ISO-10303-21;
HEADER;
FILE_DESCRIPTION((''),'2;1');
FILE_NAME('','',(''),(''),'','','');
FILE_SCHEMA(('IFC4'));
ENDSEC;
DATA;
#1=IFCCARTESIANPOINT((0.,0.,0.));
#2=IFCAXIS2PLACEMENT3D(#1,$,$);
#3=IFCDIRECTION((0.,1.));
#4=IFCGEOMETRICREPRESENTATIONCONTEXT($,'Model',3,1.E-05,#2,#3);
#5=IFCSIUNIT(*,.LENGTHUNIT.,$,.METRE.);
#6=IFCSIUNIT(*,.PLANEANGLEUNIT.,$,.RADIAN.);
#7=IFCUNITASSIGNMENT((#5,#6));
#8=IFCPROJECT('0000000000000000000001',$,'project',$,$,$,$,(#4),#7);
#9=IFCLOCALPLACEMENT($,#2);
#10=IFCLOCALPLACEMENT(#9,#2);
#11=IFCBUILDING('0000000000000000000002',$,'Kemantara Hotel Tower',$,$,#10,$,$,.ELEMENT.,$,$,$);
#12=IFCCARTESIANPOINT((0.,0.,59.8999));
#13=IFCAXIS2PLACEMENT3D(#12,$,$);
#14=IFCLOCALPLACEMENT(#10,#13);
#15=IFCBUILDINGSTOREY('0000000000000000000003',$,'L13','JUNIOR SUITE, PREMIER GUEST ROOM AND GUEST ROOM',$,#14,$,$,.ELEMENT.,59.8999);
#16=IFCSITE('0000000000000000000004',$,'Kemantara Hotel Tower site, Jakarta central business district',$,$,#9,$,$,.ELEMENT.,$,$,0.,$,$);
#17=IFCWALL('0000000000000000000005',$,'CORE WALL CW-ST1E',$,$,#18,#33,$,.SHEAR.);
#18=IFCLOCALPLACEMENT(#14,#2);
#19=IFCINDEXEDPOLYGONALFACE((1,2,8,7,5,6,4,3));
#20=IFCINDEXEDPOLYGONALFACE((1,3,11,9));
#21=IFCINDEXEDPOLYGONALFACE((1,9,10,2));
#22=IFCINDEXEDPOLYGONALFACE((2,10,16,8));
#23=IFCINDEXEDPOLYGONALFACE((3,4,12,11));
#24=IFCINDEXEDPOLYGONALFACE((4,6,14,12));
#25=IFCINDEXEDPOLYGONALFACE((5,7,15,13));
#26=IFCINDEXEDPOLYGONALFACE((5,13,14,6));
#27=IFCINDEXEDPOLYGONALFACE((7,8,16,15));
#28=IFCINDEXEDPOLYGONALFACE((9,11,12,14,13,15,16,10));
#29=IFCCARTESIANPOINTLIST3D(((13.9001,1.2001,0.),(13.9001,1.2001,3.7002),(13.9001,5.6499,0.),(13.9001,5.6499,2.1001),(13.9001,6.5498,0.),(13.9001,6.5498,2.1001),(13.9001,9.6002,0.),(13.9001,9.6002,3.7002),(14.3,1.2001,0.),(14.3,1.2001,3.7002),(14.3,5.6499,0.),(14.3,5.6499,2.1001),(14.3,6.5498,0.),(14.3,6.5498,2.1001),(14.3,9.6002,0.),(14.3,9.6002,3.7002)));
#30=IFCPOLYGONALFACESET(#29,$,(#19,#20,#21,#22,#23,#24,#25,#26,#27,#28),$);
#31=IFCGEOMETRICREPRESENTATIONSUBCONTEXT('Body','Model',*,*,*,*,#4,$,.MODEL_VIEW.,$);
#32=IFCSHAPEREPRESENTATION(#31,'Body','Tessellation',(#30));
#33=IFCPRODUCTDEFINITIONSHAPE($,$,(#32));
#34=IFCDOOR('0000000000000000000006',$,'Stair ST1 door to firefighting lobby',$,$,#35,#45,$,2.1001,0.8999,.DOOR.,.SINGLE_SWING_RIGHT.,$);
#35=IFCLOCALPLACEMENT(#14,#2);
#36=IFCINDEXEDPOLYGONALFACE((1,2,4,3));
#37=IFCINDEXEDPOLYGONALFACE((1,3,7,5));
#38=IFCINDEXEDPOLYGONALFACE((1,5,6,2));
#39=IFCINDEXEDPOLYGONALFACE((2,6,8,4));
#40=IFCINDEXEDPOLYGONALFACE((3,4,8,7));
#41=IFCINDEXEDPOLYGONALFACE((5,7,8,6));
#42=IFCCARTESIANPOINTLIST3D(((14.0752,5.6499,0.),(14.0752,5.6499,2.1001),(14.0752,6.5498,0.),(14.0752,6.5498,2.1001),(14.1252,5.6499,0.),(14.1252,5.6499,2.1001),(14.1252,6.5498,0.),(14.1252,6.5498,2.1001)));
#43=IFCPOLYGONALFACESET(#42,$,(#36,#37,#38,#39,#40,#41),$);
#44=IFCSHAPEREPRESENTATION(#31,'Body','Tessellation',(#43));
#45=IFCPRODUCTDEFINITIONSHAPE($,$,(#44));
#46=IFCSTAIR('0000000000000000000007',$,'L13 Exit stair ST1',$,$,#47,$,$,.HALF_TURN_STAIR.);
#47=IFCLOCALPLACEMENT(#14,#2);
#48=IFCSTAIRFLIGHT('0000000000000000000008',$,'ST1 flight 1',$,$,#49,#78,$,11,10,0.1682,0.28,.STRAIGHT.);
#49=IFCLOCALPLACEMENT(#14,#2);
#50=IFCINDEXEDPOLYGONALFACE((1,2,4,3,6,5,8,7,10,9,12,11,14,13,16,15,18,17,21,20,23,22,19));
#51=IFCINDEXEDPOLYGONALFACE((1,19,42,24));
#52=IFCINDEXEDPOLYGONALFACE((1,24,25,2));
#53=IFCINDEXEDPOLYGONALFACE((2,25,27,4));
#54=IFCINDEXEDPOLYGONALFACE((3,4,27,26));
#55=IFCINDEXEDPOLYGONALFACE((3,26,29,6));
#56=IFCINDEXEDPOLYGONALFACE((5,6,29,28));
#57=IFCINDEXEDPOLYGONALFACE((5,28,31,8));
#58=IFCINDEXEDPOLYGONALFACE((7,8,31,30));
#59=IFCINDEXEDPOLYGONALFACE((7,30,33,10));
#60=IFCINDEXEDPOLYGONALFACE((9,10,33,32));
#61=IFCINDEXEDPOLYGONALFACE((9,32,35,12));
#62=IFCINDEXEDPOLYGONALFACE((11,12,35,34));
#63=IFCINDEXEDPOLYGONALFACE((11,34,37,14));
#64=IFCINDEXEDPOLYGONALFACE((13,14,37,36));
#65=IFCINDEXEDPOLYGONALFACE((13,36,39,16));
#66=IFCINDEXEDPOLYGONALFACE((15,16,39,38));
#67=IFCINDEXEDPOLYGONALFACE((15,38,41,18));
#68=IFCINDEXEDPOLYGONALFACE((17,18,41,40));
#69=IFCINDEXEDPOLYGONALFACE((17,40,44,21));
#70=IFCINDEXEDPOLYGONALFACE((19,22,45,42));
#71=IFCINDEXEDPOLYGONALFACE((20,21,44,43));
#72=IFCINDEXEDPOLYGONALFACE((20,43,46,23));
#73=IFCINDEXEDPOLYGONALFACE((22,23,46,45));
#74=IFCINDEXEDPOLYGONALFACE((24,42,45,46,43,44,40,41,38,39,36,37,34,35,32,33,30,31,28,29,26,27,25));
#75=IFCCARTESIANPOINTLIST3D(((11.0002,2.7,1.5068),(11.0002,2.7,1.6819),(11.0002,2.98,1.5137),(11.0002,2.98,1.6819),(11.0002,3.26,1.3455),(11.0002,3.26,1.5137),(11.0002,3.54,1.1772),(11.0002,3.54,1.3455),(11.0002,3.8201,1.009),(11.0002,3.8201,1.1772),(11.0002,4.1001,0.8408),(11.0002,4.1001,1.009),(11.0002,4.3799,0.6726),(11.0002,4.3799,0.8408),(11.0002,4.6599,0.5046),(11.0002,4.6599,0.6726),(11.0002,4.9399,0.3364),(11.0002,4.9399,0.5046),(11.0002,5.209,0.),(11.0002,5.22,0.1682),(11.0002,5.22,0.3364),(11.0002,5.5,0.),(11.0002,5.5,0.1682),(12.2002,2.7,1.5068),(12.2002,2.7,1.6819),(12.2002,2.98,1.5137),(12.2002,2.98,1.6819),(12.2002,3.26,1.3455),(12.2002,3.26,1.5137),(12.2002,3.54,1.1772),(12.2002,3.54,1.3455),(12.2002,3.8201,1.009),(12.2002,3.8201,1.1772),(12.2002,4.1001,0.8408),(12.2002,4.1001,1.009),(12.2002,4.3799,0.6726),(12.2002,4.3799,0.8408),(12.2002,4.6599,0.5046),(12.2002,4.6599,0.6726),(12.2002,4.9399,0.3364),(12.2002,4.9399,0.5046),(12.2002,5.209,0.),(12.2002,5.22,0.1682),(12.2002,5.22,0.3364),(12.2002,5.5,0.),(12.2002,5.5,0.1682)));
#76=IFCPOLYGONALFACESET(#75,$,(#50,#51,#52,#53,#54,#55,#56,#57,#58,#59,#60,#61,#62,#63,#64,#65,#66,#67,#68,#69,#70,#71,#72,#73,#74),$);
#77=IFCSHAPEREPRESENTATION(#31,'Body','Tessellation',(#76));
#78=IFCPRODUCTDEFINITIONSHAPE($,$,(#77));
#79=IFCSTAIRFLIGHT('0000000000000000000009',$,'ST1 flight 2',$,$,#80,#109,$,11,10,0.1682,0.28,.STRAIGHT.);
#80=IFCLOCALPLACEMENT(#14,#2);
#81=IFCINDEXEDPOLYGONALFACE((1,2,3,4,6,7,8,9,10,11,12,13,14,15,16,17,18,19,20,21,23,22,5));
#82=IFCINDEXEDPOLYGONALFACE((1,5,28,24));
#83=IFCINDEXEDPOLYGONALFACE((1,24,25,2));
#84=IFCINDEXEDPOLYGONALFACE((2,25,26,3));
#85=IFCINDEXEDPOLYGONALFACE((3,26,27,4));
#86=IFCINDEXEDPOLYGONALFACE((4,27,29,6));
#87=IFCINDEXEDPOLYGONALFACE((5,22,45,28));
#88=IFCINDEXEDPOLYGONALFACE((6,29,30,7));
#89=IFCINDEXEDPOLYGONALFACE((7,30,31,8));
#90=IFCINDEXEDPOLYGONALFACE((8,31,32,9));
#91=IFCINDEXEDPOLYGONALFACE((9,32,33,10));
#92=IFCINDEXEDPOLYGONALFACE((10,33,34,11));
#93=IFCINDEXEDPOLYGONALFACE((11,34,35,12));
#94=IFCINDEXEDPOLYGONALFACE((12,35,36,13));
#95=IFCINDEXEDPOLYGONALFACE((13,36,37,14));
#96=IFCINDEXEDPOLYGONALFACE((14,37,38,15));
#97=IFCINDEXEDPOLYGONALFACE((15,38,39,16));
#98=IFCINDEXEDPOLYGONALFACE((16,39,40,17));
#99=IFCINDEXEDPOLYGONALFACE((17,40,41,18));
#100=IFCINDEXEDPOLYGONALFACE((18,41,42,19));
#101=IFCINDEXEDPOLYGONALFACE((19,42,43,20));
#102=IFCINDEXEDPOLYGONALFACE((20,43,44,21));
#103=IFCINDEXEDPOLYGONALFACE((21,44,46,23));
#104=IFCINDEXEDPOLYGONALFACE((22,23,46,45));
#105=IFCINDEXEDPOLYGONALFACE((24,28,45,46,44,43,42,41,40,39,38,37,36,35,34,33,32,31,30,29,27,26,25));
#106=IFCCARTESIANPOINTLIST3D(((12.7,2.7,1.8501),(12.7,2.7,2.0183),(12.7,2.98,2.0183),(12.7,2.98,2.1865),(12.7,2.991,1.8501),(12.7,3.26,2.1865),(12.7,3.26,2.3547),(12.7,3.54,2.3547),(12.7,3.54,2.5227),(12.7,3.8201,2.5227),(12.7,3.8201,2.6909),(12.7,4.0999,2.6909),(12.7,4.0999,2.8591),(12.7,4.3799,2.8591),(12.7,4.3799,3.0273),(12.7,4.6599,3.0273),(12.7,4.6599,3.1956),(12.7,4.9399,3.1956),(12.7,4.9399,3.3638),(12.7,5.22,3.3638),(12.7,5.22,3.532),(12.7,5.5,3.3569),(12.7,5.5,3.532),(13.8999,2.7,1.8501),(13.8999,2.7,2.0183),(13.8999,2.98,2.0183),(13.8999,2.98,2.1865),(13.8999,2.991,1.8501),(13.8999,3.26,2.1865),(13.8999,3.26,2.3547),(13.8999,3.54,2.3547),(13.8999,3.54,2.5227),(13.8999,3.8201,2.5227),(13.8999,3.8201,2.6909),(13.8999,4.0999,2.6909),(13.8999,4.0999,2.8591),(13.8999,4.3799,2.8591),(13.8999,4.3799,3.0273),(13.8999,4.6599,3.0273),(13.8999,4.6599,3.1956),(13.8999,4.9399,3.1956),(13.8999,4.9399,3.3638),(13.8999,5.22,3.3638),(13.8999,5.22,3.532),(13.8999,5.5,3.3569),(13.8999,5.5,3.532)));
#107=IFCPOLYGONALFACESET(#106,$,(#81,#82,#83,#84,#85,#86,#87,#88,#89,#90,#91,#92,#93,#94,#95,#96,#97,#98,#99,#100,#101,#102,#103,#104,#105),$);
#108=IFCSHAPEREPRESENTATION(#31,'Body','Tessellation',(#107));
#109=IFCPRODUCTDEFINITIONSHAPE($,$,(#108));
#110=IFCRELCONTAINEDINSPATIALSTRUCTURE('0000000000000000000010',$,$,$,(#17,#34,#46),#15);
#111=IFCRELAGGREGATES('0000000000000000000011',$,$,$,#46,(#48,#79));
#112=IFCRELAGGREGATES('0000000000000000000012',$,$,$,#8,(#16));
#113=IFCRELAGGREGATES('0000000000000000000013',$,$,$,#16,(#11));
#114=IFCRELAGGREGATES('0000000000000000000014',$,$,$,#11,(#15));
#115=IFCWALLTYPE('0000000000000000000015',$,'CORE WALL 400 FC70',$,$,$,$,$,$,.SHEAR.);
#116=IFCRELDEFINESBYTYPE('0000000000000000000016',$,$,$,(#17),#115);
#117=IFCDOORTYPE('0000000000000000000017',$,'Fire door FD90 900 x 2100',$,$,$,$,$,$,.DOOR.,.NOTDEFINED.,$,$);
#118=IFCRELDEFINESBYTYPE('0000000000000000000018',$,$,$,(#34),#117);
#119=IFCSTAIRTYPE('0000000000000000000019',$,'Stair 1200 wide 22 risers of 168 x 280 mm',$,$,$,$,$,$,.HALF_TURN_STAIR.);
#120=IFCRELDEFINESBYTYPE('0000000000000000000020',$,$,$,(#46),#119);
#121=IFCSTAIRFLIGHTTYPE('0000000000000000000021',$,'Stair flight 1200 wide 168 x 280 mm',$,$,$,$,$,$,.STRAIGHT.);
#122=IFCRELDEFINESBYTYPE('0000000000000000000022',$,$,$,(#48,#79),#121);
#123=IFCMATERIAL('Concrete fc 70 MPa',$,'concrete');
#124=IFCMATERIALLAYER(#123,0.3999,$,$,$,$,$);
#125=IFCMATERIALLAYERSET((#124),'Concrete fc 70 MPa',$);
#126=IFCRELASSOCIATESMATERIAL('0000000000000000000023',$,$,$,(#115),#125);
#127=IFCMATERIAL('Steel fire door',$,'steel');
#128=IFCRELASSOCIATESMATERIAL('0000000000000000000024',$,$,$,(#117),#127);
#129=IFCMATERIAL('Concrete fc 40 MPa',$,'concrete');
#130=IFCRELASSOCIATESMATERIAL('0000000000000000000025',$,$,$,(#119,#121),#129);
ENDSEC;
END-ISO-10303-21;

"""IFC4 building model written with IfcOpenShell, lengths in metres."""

from ifc_helpers import new_model, si_unit, direction, frame, frame_2d, origin, place, context, subcontext, project, spatial, polyline, rectangle, outline, extrude, material, layer, layer_set, type_object, element, fill, aggregate, save


model = new_model("IFC4")

# Units and contexts
model_context = context("Model", 3, precision=1e-05, world=origin(), true_north=direction((0.0, 1.0)))
body_context = subcontext(model_context, "Body", "Model", "MODEL_VIEW")
ifc_project = project(units=[si_unit("LENGTHUNIT", "METRE"), si_unit("PLANEANGLEUNIT", "RADIAN")], contexts=[model_context])

# Site, building, storey
site_placement = place(None, origin())
site = spatial("IfcSite", under=ifc_project, at=site_placement, Name="Kemantara Hotel Tower site, Jakarta central business district", CompositionType="ELEMENT", RefElevation=0.0)
building_placement = place(site_placement, origin())
building = spatial("IfcBuilding", under=site, at=building_placement, Name="Kemantara Hotel Tower", CompositionType="ELEMENT")
storey_placement = place(building_placement, frame((0.0, 0.0, 59.8999)))
storey = spatial("IfcBuildingStorey", under=building, at=storey_placement, Name="L13", Description="JUNIOR SUITE, PREMIER GUEST ROOM AND GUEST ROOM", CompositionType="ELEMENT", Elevation=59.8999)

# Shared definitions
ifc_material_1 = material(Name="Concrete fc 70 MPa", Category="concrete")

# Shared definitions
ifc_layer_1 = layer(ifc_material_1, 0.3999)
ifc_layer_set_1 = layer_set([ifc_layer_1], Name="Concrete fc 70 MPa")
wall_type_1 = type_object("IfcWallType", Name="CORE WALL 400 FC70", PredefinedType="SHEAR", material=ifc_layer_set_1)
ifc_material_2 = material(Name="Steel fire door", Category="steel")

# Wall, opening, door
wall_1_placement = place(storey_placement, frame((14.1001, 1.2, 0.0), z_axis=(0.0, 0.0, 1.0), x_axis=(0.0, 1.0, 0.0)))
wall_1 = element("IfcWall", 1, at=wall_1_placement, inside=storey, type_object=wall_type_1, Name="CORE WALL CW-ST1E", PredefinedType="SHEAR", context=body_context, shape_type="SweptSolid", body=[
    extrude(rectangle(XDim=8.4001, YDim=0.3999, at=frame_2d((4.2002, 0.0))), origin(), (0.0, 0.0, 1.0), 3.7002),
])
opening_1_placement = place(wall_1_placement, frame((4.45, 0.0, 0.0)))
opening_1 = element("IfcOpeningElement", 2, at=opening_1_placement, cuts=wall_1, PredefinedType="OPENING", context=body_context, shape_type="SweptSolid", body=[
    extrude(rectangle(XDim=0.8999, YDim=2.1001, at=frame_2d((0.45, 1.05))), frame((0.0, 0.21, 0.0), z_axis=(0.0, -1.0, 0.0), x_axis=(1.0, 0.0, 0.0)), (0.0, 0.0, 1.0), 0.4199),
])
door_type_1 = type_object("IfcDoorType", Name="Fire door FD90 900 x 2100", OperationType="NOTDEFINED", PredefinedType="DOOR", material=ifc_material_2)
door_1_placement = place(opening_1_placement, origin())
door_1 = element("IfcDoor", 3, at=door_1_placement, inside=storey, type_object=door_type_1, Name="Stair ST1 door to firefighting lobby", OperationType="SINGLE_SWING_RIGHT", OverallHeight=2.1001, OverallWidth=0.8999, PredefinedType="DOOR", context=body_context, shape_type="SweptSolid", body=[
    extrude(rectangle(XDim=0.8999, YDim=2.1001, at=frame_2d((0.45, 1.05))), frame((0.0, 0.0249, 0.0), z_axis=(0.0, -1.0, 0.0), x_axis=(1.0, 0.0, 0.0)), (0.0, 0.0, 1.0), 0.05),
])
fill(opening_1, door_1)

# Stair, stair flights
ifc_material_3 = material(Name="Concrete fc 40 MPa", Category="concrete")
stair_type = type_object("IfcStairType", Name="Stair 1200 wide 22 risers of 168 x 280 mm", PredefinedType="HALF_TURN_STAIR", material=ifc_material_3)
stair_placement = place(storey_placement, origin())
stair = element("IfcStair", 4, at=stair_placement, inside=storey, type_object=stair_type, Name="L13 Exit stair ST1", PredefinedType="HALF_TURN_STAIR")
stair_flight_type = type_object("IfcStairFlightType", Name="Stair flight 1200 wide 168 x 280 mm", PredefinedType="STRAIGHT", material=ifc_material_3)
stair_flight_1_placement = place(storey_placement, frame((11.6001, 5.5, 0.0), z_axis=(0.0, 0.0, 1.0), x_axis=(0.0, -1.0, 0.0)))
stair_flight_1 = element("IfcStairFlight", 5, at=stair_flight_1_placement, type_object=stair_flight_type, Name="ST1 flight 1", NumberOfRisers=11, NumberOfTreads=10, PredefinedType="STRAIGHT", RiserHeight=0.1682, TreadLength=0.28, context=body_context, shape_type="SweptSolid", body=[
    extrude(outline(polyline([(0.0, 0.0), (0.0, 0.1682), (0.28, 0.1682), (0.28, 0.3364), (0.5601, 0.3364), (0.5601, 0.5046), (0.8401, 0.5046), (0.8401, 0.6726), (1.1201, 0.6726), (1.1201, 0.8408), (1.3999, 0.8408), (1.3999, 1.009), (1.6799, 1.009), (1.6799, 1.1772), (1.96, 1.1772), (1.96, 1.3455), (2.24, 1.3455), (2.24, 1.5137), (2.52, 1.5137), (2.52, 1.6819), (2.8, 1.6819), (2.8, 1.8501), (2.8, 1.5068), (0.291, 0.0), (0.0, 0.0)])), frame((0.0, 0.6001, 0.0), z_axis=(0.0, -1.0, 0.0), x_axis=(1.0, 0.0, 0.0)), (0.0, 0.0, 1.0), 1.2),
])
stair_flight_2_placement = place(storey_placement, frame((13.3, 2.7, 1.8501), z_axis=(0.0, 0.0, 1.0), x_axis=(0.0, 1.0, 0.0)))
stair_flight_2 = element("IfcStairFlight", 6, at=stair_flight_2_placement, type_object=stair_flight_type, Name="ST1 flight 2", NumberOfRisers=11, NumberOfTreads=10, PredefinedType="STRAIGHT", RiserHeight=0.1682, TreadLength=0.28, context=body_context, shape_type="SweptSolid", body=[
    extrude(outline(polyline([(0.0, 0.0), (0.0, 0.1682), (0.28, 0.1682), (0.28, 0.3364), (0.5601, 0.3364), (0.5601, 0.5046), (0.8401, 0.5046), (0.8401, 0.6726), (1.1201, 0.6726), (1.1201, 0.8408), (1.3999, 0.8408), (1.3999, 1.009), (1.6799, 1.009), (1.6799, 1.1772), (1.96, 1.1772), (1.96, 1.3455), (2.24, 1.3455), (2.24, 1.5137), (2.52, 1.5137), (2.52, 1.6819), (2.8, 1.6819), (2.8, 1.8501), (2.8, 1.5068), (0.291, 0.0), (0.0, 0.0)])), frame((0.0, 0.6001, 0.0), z_axis=(0.0, -1.0, 0.0), x_axis=(1.0, 0.0, 0.0)), (0.0, 0.0, 1.0), 1.2),
])
aggregate(stair, [stair_flight_1, stair_flight_2])

save(model, "model.ifc")
